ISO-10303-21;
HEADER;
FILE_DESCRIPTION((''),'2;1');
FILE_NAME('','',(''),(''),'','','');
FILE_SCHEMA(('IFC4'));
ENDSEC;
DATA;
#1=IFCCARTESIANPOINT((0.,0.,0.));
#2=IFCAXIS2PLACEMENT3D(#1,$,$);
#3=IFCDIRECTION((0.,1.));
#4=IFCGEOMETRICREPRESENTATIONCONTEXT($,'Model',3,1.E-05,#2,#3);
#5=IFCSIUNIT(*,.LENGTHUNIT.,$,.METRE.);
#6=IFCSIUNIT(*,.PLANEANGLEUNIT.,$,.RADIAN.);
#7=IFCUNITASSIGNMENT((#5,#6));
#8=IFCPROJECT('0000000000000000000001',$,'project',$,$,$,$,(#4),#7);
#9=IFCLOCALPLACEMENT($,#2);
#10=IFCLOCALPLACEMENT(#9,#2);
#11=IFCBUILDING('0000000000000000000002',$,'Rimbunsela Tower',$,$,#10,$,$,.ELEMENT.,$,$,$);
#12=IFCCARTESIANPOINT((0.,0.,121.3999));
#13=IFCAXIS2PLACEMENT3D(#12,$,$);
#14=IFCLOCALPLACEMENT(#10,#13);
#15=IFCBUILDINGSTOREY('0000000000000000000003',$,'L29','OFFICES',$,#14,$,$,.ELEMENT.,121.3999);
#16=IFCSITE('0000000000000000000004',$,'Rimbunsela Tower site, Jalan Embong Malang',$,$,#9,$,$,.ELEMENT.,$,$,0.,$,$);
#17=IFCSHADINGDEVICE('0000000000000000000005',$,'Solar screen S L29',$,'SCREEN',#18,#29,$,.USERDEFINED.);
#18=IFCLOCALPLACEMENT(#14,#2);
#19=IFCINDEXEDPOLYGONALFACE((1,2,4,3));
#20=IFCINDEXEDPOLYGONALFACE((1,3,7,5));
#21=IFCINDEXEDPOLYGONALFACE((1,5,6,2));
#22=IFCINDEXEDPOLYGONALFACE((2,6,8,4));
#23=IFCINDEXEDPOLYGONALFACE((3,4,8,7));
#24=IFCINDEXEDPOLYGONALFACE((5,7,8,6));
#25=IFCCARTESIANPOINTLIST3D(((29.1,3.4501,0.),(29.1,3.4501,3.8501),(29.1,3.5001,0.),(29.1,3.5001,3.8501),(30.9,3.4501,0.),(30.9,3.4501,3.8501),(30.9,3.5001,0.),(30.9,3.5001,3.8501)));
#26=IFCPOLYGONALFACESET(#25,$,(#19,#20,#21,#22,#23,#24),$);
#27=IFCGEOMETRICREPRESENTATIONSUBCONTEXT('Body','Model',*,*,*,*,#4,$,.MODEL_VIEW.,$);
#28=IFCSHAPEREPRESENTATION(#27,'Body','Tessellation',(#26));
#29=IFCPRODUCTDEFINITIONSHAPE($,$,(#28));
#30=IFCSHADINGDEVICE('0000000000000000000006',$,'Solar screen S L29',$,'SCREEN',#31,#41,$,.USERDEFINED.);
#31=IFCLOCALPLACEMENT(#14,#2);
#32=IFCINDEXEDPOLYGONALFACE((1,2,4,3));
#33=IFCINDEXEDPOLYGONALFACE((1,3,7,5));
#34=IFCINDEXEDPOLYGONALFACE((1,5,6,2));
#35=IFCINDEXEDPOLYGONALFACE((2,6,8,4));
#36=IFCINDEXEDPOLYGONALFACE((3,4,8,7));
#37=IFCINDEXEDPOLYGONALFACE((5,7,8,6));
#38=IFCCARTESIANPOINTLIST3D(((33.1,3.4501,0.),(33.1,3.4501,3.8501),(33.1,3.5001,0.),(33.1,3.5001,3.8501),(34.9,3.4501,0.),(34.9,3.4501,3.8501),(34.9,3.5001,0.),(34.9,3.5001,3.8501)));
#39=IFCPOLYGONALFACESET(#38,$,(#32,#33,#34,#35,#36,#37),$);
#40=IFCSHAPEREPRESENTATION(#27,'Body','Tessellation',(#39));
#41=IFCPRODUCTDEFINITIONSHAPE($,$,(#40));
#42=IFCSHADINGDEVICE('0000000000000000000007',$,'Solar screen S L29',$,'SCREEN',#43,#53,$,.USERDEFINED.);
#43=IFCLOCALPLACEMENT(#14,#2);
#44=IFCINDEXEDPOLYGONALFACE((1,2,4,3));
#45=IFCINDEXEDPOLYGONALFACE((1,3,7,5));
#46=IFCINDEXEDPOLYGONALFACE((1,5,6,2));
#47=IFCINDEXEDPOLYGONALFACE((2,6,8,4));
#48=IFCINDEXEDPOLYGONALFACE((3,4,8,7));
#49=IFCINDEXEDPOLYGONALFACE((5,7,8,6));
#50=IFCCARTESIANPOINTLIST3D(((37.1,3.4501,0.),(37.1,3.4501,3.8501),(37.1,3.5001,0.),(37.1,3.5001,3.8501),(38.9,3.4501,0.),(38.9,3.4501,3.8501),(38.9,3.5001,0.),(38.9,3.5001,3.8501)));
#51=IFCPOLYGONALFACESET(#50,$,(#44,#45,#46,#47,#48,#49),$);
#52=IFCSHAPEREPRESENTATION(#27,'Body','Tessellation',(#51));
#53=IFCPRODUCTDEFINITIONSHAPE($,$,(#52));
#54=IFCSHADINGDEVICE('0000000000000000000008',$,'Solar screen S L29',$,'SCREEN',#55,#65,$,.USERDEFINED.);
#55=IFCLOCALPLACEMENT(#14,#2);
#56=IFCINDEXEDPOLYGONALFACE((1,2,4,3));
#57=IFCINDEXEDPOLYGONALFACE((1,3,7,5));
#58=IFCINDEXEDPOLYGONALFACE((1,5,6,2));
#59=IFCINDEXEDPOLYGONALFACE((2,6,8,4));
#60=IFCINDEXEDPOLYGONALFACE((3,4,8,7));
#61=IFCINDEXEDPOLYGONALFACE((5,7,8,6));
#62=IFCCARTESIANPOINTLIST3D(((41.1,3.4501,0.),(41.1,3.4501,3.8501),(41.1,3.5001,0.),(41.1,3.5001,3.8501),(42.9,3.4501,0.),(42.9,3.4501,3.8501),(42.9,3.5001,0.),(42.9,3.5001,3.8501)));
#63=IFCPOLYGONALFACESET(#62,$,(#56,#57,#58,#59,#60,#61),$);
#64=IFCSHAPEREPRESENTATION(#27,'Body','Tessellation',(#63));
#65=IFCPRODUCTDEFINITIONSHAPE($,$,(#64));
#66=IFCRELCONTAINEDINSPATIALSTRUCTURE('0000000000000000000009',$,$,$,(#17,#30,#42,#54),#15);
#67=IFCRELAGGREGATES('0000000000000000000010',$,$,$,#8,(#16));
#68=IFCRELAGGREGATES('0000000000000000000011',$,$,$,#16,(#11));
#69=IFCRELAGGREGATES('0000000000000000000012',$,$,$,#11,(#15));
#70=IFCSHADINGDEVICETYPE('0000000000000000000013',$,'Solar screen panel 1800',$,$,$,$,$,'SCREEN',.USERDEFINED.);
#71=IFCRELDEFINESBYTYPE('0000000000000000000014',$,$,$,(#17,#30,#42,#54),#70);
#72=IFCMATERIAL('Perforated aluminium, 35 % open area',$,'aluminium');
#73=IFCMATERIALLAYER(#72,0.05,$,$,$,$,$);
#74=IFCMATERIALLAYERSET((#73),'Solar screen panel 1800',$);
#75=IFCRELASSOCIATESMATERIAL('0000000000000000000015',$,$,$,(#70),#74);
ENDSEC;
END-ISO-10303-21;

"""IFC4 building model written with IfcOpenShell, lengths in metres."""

from ifc_helpers import new_model, si_unit, direction, frame, origin, origin_2d, place, context, subcontext, project, spatial, rectangle, extrude, material, layer, layer_set, type_object, element, save


model = new_model("IFC4")

# Units and contexts
model_context = context("Model", 3, precision=1e-05, world=origin(), true_north=direction((0.0, 1.0)))
body_context = subcontext(model_context, "Body", "Model", "MODEL_VIEW")
ifc_project = project(units=[si_unit("LENGTHUNIT", "METRE"), si_unit("PLANEANGLEUNIT", "RADIAN")], contexts=[model_context])

# Site, building, storey
site_placement = place(None, origin())
site = spatial("IfcSite", under=ifc_project, at=site_placement, Name="Rimbunsela Tower site, Jalan Embong Malang", CompositionType="ELEMENT", RefElevation=0.0)
building_placement = place(site_placement, origin())
building = spatial("IfcBuilding", under=site, at=building_placement, Name="Rimbunsela Tower", CompositionType="ELEMENT")
storey_placement = place(building_placement, frame((0.0, 0.0, 121.3999)))
storey = spatial("IfcBuildingStorey", under=building, at=storey_placement, Name="L29", Description="OFFICES", CompositionType="ELEMENT", Elevation=121.3999)

# Shading devices
ifc_material_1 = material(Name="Perforated aluminium, 35 % open area", Category="aluminium")
ifc_layer_1 = layer(ifc_material_1, 0.05)
ifc_layer_set_1 = layer_set([ifc_layer_1], Name="Solar screen panel 1800")
shading_device_type = type_object("IfcShadingDeviceType", Name="Solar screen panel 1800", ElementType="SCREEN", PredefinedType="USERDEFINED", material=ifc_layer_set_1)
for number, where, z_axis, x_axis, name in (
    (1, (30.0, 3.4751, 0.0), (0.0, 0.0, 1.0), (1.0, 0.0, 0.0), "Solar screen S L29"),
    (2, (34.0, 3.4751, 0.0), (0.0, 0.0, 1.0), (1.0, 0.0, 0.0), "Solar screen S L29"),
    (3, (38.0, 3.4751, 0.0), (0.0, 0.0, 1.0), (1.0, 0.0, 0.0), "Solar screen S L29"),
    (4, (42.0, 3.4751, 0.0), (0.0, 0.0, 1.0), (1.0, 0.0, 0.0), "Solar screen S L29"),
):
    element("IfcShadingDevice", number, at=place(storey_placement, frame(where, z_axis=z_axis, x_axis=x_axis)), inside=storey, type_object=shading_device_type, Name=name, ObjectType="SCREEN", PredefinedType="USERDEFINED", context=body_context, shape_type="SweptSolid", body=[
        extrude(rectangle(XDim=1.8, YDim=0.05, at=origin_2d()), origin(), (0.0, 0.0, 1.0), 3.8501),
    ])

save(model, "model.ifc")
